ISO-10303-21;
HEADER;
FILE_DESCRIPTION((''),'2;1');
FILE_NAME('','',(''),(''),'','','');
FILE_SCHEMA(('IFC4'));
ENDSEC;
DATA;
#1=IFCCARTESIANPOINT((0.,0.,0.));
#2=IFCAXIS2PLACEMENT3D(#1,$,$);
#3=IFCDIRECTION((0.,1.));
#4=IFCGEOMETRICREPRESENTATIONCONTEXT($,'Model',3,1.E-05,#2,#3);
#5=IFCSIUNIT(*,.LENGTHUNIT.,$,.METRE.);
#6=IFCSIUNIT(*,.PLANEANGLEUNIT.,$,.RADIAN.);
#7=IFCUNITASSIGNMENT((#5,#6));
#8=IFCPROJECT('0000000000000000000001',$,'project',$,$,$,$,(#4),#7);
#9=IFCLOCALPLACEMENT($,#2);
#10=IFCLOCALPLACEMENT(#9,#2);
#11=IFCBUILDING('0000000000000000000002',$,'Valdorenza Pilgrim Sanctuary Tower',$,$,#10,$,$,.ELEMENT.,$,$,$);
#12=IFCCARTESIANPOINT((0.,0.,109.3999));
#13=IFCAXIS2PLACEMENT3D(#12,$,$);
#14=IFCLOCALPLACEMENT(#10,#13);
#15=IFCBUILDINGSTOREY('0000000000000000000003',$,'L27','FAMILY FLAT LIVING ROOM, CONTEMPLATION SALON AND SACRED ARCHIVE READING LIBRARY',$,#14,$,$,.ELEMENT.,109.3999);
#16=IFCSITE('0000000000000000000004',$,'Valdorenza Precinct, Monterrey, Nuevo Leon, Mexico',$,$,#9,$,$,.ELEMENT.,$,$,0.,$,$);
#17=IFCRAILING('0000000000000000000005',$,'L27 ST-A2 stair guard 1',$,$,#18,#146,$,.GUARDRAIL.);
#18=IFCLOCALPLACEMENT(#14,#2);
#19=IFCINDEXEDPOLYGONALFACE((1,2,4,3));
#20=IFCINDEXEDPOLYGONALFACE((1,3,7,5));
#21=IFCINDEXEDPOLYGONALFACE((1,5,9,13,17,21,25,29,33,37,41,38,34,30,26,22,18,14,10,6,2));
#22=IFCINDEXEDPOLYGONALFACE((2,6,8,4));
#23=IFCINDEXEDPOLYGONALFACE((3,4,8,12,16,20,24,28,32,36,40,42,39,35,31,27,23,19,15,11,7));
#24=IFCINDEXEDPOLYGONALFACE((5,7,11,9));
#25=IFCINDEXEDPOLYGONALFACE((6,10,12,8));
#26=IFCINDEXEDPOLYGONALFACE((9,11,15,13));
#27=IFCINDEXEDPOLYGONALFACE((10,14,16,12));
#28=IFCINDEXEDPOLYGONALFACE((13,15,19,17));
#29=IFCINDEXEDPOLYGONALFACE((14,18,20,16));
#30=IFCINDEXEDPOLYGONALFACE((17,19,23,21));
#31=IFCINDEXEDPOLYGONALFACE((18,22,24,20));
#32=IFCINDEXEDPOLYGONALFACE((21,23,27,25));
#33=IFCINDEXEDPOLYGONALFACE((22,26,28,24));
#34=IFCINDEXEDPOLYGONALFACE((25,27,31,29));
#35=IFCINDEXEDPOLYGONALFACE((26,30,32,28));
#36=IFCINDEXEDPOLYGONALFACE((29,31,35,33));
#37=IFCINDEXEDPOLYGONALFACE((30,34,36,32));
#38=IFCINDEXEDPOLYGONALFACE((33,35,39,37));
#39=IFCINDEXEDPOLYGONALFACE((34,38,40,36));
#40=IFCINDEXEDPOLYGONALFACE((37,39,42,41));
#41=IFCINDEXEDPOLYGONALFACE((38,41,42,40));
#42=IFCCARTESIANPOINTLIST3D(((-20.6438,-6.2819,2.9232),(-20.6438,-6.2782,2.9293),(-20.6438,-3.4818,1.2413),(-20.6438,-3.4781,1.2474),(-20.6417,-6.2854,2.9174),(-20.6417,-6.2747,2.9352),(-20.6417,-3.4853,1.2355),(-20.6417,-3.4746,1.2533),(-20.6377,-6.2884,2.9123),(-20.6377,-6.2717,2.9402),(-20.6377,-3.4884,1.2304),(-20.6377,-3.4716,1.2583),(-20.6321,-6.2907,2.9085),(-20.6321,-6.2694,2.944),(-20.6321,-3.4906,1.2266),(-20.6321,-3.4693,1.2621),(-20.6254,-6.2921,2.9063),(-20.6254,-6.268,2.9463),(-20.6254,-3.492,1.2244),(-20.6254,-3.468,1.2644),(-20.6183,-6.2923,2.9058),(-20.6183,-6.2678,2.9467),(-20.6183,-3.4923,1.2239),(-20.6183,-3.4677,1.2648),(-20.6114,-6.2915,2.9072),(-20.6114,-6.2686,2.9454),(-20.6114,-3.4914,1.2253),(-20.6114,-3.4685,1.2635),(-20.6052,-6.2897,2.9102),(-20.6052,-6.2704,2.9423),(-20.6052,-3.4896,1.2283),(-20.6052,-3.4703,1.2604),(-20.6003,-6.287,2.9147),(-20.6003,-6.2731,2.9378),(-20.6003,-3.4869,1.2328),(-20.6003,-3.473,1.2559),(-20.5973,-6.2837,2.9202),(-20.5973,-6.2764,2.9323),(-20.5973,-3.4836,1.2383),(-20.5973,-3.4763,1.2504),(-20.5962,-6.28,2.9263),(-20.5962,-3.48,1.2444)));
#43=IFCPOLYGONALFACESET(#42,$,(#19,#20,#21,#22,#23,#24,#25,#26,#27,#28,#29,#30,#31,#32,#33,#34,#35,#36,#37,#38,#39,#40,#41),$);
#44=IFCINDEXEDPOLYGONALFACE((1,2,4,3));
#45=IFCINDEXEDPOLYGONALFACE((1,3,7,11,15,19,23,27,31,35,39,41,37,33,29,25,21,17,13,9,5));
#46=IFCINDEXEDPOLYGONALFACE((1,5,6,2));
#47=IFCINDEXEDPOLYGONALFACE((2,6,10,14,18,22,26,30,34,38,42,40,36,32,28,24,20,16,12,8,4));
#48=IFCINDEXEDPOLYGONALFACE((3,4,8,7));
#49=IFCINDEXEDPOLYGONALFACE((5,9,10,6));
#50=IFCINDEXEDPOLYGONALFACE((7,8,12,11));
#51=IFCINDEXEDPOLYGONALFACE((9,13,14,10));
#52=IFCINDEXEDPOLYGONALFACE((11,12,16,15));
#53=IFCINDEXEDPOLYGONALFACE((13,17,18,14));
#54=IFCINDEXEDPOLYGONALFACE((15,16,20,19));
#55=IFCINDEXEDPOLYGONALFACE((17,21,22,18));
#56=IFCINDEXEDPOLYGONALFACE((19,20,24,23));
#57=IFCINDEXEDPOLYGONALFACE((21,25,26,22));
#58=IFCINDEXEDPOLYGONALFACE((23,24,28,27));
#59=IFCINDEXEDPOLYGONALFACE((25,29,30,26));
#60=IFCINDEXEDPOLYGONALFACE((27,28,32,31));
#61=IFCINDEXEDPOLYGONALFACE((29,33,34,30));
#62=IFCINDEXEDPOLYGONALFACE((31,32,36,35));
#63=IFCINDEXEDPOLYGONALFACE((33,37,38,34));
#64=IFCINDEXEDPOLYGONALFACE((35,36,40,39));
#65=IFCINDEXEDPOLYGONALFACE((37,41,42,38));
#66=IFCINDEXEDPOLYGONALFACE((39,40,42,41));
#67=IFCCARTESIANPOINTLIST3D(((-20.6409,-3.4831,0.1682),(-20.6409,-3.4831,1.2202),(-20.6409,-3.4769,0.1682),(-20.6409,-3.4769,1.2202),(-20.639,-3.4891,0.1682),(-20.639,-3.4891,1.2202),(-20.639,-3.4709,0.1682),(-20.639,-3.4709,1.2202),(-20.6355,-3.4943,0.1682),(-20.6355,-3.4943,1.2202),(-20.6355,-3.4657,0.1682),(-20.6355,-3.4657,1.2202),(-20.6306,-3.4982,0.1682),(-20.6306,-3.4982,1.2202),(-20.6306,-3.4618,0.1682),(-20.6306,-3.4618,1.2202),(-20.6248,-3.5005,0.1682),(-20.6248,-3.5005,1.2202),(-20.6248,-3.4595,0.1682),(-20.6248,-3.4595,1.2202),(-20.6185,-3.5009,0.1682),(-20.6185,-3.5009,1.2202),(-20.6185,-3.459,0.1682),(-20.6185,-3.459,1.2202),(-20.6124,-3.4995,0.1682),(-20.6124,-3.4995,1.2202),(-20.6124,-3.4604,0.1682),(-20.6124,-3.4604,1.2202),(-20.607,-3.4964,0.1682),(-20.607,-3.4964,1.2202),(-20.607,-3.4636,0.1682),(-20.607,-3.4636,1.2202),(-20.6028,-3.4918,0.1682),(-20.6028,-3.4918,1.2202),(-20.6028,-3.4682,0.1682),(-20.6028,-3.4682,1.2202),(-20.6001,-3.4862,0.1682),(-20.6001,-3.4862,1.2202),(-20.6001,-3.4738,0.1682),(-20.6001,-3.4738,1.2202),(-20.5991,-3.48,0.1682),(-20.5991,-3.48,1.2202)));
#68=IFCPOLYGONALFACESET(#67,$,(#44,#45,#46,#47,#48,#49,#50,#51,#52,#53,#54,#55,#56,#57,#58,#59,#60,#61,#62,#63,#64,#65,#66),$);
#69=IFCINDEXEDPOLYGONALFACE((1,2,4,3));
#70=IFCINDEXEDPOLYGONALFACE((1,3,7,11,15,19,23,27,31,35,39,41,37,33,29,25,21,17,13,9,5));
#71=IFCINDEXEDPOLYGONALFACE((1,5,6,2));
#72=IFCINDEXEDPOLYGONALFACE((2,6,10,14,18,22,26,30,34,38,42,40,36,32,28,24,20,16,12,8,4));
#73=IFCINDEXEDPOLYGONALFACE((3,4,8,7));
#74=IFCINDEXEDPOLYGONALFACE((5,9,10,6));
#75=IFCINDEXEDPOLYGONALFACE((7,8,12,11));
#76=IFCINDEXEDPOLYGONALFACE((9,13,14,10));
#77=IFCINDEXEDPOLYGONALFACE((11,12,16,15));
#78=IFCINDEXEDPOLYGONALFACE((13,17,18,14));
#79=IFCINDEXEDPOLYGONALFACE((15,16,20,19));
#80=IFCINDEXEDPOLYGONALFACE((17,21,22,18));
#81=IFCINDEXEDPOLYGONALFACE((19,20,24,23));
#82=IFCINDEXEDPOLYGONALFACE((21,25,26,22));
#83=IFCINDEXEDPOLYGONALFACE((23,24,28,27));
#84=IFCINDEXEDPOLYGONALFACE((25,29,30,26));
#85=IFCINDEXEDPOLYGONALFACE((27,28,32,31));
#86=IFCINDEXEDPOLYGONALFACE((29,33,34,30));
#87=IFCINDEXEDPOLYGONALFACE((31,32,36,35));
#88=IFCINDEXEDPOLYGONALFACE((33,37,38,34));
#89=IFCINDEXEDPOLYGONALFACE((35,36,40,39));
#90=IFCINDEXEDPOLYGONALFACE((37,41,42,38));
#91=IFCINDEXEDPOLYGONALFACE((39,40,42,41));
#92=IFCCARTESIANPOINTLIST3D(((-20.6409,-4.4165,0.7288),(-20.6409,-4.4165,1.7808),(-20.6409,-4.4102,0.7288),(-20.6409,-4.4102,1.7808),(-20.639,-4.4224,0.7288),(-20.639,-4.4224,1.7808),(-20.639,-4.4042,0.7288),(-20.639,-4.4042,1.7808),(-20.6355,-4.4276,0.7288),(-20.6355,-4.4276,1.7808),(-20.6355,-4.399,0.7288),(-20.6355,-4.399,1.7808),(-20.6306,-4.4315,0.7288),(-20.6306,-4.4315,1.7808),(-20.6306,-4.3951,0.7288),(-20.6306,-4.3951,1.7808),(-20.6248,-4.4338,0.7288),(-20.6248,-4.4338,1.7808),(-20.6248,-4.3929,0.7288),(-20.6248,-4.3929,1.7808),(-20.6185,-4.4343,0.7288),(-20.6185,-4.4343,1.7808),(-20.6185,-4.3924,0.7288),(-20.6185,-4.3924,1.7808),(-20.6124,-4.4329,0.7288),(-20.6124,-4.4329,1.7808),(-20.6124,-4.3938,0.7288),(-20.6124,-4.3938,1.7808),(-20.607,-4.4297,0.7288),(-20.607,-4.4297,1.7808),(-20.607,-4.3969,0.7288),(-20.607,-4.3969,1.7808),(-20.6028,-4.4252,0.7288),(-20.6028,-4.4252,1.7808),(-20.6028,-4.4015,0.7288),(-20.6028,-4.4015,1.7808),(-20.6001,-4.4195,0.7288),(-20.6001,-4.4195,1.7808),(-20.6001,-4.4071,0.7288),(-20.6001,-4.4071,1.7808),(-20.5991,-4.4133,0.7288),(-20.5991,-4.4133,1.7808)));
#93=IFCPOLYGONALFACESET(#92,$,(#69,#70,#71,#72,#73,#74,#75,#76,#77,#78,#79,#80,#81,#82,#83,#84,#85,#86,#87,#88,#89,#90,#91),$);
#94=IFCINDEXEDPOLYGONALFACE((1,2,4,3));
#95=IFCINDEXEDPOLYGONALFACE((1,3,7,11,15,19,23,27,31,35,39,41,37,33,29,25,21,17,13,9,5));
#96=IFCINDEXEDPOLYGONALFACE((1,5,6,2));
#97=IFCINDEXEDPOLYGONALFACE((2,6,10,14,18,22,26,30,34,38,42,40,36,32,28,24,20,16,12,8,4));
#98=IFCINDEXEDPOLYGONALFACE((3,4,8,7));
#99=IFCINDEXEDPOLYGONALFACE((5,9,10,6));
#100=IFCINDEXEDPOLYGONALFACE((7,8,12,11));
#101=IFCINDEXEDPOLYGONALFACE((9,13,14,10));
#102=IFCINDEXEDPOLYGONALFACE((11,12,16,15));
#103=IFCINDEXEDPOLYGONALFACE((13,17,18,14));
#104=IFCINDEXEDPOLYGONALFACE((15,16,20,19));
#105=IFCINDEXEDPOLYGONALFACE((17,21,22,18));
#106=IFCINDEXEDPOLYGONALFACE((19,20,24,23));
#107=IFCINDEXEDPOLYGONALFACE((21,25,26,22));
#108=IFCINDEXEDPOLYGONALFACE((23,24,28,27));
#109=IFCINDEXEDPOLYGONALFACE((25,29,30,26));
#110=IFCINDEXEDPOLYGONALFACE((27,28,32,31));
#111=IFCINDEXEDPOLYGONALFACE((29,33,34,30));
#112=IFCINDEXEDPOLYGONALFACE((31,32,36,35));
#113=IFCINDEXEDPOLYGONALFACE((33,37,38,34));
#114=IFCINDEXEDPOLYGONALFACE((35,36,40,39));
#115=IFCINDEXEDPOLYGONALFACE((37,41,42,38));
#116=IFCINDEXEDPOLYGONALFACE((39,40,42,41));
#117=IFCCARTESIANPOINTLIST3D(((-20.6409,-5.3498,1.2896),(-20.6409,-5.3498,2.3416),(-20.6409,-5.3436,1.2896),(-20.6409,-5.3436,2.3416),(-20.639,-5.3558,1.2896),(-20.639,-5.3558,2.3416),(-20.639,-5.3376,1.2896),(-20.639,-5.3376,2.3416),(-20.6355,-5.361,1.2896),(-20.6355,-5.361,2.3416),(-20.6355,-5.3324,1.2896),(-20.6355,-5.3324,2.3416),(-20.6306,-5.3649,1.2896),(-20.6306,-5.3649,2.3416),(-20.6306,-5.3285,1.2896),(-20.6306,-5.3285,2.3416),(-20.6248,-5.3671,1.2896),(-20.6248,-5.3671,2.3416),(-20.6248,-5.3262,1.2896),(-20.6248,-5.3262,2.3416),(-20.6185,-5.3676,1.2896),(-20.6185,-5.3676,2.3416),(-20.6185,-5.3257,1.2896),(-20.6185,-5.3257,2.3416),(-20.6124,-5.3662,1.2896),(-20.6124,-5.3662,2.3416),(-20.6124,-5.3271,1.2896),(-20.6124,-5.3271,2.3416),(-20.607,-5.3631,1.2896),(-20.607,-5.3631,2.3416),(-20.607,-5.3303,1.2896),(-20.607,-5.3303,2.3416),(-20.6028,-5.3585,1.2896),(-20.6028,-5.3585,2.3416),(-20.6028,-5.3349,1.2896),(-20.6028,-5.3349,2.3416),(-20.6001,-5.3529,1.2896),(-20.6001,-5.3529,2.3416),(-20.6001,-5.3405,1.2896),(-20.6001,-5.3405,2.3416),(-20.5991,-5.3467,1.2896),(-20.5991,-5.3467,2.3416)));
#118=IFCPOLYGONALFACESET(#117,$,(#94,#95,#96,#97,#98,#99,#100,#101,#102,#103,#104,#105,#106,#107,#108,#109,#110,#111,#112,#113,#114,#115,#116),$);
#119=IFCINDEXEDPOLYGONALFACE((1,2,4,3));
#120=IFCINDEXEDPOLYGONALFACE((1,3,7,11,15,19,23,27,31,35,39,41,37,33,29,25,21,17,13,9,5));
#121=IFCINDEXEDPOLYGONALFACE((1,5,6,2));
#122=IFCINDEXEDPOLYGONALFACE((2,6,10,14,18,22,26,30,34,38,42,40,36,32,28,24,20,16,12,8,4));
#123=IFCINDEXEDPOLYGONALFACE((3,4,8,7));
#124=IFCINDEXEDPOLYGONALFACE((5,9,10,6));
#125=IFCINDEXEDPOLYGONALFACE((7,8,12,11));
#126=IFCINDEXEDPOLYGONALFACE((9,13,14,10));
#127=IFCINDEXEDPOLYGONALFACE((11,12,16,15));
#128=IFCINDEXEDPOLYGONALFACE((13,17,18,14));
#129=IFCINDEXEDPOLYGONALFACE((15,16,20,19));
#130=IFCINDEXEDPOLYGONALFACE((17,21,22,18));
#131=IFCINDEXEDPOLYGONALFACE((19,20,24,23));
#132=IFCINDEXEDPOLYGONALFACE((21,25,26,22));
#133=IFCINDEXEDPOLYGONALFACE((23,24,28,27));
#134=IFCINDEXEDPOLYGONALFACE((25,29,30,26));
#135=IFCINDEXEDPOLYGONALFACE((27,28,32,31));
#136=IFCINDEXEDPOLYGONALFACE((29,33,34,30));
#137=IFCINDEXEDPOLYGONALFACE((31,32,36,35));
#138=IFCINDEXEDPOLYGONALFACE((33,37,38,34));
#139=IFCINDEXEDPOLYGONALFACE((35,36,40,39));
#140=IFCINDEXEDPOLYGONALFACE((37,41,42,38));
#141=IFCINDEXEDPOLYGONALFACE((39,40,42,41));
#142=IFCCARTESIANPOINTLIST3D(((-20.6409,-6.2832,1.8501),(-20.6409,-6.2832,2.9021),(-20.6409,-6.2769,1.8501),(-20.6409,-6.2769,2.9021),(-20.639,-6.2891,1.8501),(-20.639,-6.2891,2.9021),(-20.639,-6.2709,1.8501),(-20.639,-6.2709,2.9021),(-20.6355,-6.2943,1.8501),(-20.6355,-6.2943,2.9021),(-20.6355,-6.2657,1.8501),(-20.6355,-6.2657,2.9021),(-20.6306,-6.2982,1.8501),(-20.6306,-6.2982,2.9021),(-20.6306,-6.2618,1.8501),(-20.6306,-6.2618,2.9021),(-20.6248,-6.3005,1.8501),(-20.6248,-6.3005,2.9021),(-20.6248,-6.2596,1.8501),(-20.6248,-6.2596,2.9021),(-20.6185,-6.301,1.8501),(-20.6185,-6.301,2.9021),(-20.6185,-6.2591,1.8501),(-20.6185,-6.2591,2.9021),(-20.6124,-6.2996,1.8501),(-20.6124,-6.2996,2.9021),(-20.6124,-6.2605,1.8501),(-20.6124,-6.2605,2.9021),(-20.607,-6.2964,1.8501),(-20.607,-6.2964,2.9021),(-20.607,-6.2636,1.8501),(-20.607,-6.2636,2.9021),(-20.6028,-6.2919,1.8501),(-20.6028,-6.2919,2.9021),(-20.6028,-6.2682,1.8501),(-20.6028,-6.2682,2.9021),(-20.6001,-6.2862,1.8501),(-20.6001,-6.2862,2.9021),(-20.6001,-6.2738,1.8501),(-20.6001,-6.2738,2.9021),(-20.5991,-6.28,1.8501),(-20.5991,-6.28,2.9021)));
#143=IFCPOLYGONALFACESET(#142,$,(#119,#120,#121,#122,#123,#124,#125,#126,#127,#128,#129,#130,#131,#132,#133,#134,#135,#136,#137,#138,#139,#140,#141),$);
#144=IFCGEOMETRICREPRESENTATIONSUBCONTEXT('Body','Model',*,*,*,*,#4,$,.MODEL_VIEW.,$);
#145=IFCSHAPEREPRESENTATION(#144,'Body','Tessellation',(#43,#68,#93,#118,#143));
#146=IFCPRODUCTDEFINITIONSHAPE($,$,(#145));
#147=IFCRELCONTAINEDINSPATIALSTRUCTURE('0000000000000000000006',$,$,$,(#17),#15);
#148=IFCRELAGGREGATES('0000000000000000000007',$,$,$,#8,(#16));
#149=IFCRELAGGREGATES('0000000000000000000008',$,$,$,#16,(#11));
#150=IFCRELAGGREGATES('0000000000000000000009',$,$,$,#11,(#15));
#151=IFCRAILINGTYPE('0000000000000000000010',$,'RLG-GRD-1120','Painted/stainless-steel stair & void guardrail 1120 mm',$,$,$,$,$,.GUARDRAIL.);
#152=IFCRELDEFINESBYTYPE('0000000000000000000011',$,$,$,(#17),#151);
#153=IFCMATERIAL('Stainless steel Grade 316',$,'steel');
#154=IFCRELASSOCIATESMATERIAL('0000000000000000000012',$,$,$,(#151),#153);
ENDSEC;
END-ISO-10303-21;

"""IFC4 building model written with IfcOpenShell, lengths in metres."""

from ifc_helpers import new_model, si_unit, direction, frame, origin, origin_2d, place, context, subcontext, project, spatial, circle, extrude, material, type_object, element, save


model = new_model("IFC4")

# Units and contexts
model_context = context("Model", 3, precision=1e-05, world=origin(), true_north=direction((0.0, 1.0)))
body_context = subcontext(model_context, "Body", "Model", "MODEL_VIEW")
ifc_project = project(units=[si_unit("LENGTHUNIT", "METRE"), si_unit("PLANEANGLEUNIT", "RADIAN")], contexts=[model_context])

# Site, building, storey
site_placement = place(None, origin())
site = spatial("IfcSite", under=ifc_project, at=site_placement, Name="Valdorenza Precinct, Monterrey, Nuevo Leon, Mexico", CompositionType="ELEMENT", RefElevation=0.0)
building_placement = place(site_placement, origin())
building = spatial("IfcBuilding", under=site, at=building_placement, Name="Valdorenza Pilgrim Sanctuary Tower", CompositionType="ELEMENT")
storey_placement = place(building_placement, frame((0.0, 0.0, 109.3999)))
storey = spatial("IfcBuildingStorey", under=building, at=storey_placement, Name="L27", Description="FAMILY FLAT LIVING ROOM, CONTEMPLATION SALON AND SACRED ARCHIVE READING LIBRARY", CompositionType="ELEMENT", Elevation=109.3999)

# Railing
ifc_material_1 = material(Name="Stainless steel Grade 316", Category="steel")
railing_type_1 = type_object("IfcRailingType", Name="RLG-GRD-1120", Description="Painted/stainless-steel stair & void guardrail 1120 mm", PredefinedType="GUARDRAIL", material=ifc_material_1)
railing_1_placement = place(storey_placement, frame((-20.6201, -3.48, 0.1682)))
element("IfcRailing", 1, at=railing_1_placement, inside=storey, type_object=railing_type_1, Name="L27 ST-A2 stair guard 1", PredefinedType="GUARDRAIL", context=body_context, shape_type="SweptSolid", body=[
    extrude(circle(Radius=0.0239, at=origin_2d()), frame((0.0, 0.0, 1.0762), z_axis=(0.0, -0.857242, 0.514913), x_axis=(1.0, 0.0, 0.0)), (0.0, 0.0, 1.0), 3.2664),
    extrude(circle(Radius=0.021, at=origin_2d()), origin(), (0.0, 0.0, 1.0), 1.052),
    extrude(circle(Radius=0.021, at=origin_2d()), frame((0.0, -0.9333, 0.5605)), (0.0, 0.0, 1.0), 1.052),
    extrude(circle(Radius=0.021, at=origin_2d()), frame((0.0, -1.8667, 1.1213)), (0.0, 0.0, 1.0), 1.052),
    extrude(circle(Radius=0.021, at=origin_2d()), frame((0.0, -2.8, 1.6819)), (0.0, 0.0, 1.0), 1.052),
])

save(model, "model.ifc")
